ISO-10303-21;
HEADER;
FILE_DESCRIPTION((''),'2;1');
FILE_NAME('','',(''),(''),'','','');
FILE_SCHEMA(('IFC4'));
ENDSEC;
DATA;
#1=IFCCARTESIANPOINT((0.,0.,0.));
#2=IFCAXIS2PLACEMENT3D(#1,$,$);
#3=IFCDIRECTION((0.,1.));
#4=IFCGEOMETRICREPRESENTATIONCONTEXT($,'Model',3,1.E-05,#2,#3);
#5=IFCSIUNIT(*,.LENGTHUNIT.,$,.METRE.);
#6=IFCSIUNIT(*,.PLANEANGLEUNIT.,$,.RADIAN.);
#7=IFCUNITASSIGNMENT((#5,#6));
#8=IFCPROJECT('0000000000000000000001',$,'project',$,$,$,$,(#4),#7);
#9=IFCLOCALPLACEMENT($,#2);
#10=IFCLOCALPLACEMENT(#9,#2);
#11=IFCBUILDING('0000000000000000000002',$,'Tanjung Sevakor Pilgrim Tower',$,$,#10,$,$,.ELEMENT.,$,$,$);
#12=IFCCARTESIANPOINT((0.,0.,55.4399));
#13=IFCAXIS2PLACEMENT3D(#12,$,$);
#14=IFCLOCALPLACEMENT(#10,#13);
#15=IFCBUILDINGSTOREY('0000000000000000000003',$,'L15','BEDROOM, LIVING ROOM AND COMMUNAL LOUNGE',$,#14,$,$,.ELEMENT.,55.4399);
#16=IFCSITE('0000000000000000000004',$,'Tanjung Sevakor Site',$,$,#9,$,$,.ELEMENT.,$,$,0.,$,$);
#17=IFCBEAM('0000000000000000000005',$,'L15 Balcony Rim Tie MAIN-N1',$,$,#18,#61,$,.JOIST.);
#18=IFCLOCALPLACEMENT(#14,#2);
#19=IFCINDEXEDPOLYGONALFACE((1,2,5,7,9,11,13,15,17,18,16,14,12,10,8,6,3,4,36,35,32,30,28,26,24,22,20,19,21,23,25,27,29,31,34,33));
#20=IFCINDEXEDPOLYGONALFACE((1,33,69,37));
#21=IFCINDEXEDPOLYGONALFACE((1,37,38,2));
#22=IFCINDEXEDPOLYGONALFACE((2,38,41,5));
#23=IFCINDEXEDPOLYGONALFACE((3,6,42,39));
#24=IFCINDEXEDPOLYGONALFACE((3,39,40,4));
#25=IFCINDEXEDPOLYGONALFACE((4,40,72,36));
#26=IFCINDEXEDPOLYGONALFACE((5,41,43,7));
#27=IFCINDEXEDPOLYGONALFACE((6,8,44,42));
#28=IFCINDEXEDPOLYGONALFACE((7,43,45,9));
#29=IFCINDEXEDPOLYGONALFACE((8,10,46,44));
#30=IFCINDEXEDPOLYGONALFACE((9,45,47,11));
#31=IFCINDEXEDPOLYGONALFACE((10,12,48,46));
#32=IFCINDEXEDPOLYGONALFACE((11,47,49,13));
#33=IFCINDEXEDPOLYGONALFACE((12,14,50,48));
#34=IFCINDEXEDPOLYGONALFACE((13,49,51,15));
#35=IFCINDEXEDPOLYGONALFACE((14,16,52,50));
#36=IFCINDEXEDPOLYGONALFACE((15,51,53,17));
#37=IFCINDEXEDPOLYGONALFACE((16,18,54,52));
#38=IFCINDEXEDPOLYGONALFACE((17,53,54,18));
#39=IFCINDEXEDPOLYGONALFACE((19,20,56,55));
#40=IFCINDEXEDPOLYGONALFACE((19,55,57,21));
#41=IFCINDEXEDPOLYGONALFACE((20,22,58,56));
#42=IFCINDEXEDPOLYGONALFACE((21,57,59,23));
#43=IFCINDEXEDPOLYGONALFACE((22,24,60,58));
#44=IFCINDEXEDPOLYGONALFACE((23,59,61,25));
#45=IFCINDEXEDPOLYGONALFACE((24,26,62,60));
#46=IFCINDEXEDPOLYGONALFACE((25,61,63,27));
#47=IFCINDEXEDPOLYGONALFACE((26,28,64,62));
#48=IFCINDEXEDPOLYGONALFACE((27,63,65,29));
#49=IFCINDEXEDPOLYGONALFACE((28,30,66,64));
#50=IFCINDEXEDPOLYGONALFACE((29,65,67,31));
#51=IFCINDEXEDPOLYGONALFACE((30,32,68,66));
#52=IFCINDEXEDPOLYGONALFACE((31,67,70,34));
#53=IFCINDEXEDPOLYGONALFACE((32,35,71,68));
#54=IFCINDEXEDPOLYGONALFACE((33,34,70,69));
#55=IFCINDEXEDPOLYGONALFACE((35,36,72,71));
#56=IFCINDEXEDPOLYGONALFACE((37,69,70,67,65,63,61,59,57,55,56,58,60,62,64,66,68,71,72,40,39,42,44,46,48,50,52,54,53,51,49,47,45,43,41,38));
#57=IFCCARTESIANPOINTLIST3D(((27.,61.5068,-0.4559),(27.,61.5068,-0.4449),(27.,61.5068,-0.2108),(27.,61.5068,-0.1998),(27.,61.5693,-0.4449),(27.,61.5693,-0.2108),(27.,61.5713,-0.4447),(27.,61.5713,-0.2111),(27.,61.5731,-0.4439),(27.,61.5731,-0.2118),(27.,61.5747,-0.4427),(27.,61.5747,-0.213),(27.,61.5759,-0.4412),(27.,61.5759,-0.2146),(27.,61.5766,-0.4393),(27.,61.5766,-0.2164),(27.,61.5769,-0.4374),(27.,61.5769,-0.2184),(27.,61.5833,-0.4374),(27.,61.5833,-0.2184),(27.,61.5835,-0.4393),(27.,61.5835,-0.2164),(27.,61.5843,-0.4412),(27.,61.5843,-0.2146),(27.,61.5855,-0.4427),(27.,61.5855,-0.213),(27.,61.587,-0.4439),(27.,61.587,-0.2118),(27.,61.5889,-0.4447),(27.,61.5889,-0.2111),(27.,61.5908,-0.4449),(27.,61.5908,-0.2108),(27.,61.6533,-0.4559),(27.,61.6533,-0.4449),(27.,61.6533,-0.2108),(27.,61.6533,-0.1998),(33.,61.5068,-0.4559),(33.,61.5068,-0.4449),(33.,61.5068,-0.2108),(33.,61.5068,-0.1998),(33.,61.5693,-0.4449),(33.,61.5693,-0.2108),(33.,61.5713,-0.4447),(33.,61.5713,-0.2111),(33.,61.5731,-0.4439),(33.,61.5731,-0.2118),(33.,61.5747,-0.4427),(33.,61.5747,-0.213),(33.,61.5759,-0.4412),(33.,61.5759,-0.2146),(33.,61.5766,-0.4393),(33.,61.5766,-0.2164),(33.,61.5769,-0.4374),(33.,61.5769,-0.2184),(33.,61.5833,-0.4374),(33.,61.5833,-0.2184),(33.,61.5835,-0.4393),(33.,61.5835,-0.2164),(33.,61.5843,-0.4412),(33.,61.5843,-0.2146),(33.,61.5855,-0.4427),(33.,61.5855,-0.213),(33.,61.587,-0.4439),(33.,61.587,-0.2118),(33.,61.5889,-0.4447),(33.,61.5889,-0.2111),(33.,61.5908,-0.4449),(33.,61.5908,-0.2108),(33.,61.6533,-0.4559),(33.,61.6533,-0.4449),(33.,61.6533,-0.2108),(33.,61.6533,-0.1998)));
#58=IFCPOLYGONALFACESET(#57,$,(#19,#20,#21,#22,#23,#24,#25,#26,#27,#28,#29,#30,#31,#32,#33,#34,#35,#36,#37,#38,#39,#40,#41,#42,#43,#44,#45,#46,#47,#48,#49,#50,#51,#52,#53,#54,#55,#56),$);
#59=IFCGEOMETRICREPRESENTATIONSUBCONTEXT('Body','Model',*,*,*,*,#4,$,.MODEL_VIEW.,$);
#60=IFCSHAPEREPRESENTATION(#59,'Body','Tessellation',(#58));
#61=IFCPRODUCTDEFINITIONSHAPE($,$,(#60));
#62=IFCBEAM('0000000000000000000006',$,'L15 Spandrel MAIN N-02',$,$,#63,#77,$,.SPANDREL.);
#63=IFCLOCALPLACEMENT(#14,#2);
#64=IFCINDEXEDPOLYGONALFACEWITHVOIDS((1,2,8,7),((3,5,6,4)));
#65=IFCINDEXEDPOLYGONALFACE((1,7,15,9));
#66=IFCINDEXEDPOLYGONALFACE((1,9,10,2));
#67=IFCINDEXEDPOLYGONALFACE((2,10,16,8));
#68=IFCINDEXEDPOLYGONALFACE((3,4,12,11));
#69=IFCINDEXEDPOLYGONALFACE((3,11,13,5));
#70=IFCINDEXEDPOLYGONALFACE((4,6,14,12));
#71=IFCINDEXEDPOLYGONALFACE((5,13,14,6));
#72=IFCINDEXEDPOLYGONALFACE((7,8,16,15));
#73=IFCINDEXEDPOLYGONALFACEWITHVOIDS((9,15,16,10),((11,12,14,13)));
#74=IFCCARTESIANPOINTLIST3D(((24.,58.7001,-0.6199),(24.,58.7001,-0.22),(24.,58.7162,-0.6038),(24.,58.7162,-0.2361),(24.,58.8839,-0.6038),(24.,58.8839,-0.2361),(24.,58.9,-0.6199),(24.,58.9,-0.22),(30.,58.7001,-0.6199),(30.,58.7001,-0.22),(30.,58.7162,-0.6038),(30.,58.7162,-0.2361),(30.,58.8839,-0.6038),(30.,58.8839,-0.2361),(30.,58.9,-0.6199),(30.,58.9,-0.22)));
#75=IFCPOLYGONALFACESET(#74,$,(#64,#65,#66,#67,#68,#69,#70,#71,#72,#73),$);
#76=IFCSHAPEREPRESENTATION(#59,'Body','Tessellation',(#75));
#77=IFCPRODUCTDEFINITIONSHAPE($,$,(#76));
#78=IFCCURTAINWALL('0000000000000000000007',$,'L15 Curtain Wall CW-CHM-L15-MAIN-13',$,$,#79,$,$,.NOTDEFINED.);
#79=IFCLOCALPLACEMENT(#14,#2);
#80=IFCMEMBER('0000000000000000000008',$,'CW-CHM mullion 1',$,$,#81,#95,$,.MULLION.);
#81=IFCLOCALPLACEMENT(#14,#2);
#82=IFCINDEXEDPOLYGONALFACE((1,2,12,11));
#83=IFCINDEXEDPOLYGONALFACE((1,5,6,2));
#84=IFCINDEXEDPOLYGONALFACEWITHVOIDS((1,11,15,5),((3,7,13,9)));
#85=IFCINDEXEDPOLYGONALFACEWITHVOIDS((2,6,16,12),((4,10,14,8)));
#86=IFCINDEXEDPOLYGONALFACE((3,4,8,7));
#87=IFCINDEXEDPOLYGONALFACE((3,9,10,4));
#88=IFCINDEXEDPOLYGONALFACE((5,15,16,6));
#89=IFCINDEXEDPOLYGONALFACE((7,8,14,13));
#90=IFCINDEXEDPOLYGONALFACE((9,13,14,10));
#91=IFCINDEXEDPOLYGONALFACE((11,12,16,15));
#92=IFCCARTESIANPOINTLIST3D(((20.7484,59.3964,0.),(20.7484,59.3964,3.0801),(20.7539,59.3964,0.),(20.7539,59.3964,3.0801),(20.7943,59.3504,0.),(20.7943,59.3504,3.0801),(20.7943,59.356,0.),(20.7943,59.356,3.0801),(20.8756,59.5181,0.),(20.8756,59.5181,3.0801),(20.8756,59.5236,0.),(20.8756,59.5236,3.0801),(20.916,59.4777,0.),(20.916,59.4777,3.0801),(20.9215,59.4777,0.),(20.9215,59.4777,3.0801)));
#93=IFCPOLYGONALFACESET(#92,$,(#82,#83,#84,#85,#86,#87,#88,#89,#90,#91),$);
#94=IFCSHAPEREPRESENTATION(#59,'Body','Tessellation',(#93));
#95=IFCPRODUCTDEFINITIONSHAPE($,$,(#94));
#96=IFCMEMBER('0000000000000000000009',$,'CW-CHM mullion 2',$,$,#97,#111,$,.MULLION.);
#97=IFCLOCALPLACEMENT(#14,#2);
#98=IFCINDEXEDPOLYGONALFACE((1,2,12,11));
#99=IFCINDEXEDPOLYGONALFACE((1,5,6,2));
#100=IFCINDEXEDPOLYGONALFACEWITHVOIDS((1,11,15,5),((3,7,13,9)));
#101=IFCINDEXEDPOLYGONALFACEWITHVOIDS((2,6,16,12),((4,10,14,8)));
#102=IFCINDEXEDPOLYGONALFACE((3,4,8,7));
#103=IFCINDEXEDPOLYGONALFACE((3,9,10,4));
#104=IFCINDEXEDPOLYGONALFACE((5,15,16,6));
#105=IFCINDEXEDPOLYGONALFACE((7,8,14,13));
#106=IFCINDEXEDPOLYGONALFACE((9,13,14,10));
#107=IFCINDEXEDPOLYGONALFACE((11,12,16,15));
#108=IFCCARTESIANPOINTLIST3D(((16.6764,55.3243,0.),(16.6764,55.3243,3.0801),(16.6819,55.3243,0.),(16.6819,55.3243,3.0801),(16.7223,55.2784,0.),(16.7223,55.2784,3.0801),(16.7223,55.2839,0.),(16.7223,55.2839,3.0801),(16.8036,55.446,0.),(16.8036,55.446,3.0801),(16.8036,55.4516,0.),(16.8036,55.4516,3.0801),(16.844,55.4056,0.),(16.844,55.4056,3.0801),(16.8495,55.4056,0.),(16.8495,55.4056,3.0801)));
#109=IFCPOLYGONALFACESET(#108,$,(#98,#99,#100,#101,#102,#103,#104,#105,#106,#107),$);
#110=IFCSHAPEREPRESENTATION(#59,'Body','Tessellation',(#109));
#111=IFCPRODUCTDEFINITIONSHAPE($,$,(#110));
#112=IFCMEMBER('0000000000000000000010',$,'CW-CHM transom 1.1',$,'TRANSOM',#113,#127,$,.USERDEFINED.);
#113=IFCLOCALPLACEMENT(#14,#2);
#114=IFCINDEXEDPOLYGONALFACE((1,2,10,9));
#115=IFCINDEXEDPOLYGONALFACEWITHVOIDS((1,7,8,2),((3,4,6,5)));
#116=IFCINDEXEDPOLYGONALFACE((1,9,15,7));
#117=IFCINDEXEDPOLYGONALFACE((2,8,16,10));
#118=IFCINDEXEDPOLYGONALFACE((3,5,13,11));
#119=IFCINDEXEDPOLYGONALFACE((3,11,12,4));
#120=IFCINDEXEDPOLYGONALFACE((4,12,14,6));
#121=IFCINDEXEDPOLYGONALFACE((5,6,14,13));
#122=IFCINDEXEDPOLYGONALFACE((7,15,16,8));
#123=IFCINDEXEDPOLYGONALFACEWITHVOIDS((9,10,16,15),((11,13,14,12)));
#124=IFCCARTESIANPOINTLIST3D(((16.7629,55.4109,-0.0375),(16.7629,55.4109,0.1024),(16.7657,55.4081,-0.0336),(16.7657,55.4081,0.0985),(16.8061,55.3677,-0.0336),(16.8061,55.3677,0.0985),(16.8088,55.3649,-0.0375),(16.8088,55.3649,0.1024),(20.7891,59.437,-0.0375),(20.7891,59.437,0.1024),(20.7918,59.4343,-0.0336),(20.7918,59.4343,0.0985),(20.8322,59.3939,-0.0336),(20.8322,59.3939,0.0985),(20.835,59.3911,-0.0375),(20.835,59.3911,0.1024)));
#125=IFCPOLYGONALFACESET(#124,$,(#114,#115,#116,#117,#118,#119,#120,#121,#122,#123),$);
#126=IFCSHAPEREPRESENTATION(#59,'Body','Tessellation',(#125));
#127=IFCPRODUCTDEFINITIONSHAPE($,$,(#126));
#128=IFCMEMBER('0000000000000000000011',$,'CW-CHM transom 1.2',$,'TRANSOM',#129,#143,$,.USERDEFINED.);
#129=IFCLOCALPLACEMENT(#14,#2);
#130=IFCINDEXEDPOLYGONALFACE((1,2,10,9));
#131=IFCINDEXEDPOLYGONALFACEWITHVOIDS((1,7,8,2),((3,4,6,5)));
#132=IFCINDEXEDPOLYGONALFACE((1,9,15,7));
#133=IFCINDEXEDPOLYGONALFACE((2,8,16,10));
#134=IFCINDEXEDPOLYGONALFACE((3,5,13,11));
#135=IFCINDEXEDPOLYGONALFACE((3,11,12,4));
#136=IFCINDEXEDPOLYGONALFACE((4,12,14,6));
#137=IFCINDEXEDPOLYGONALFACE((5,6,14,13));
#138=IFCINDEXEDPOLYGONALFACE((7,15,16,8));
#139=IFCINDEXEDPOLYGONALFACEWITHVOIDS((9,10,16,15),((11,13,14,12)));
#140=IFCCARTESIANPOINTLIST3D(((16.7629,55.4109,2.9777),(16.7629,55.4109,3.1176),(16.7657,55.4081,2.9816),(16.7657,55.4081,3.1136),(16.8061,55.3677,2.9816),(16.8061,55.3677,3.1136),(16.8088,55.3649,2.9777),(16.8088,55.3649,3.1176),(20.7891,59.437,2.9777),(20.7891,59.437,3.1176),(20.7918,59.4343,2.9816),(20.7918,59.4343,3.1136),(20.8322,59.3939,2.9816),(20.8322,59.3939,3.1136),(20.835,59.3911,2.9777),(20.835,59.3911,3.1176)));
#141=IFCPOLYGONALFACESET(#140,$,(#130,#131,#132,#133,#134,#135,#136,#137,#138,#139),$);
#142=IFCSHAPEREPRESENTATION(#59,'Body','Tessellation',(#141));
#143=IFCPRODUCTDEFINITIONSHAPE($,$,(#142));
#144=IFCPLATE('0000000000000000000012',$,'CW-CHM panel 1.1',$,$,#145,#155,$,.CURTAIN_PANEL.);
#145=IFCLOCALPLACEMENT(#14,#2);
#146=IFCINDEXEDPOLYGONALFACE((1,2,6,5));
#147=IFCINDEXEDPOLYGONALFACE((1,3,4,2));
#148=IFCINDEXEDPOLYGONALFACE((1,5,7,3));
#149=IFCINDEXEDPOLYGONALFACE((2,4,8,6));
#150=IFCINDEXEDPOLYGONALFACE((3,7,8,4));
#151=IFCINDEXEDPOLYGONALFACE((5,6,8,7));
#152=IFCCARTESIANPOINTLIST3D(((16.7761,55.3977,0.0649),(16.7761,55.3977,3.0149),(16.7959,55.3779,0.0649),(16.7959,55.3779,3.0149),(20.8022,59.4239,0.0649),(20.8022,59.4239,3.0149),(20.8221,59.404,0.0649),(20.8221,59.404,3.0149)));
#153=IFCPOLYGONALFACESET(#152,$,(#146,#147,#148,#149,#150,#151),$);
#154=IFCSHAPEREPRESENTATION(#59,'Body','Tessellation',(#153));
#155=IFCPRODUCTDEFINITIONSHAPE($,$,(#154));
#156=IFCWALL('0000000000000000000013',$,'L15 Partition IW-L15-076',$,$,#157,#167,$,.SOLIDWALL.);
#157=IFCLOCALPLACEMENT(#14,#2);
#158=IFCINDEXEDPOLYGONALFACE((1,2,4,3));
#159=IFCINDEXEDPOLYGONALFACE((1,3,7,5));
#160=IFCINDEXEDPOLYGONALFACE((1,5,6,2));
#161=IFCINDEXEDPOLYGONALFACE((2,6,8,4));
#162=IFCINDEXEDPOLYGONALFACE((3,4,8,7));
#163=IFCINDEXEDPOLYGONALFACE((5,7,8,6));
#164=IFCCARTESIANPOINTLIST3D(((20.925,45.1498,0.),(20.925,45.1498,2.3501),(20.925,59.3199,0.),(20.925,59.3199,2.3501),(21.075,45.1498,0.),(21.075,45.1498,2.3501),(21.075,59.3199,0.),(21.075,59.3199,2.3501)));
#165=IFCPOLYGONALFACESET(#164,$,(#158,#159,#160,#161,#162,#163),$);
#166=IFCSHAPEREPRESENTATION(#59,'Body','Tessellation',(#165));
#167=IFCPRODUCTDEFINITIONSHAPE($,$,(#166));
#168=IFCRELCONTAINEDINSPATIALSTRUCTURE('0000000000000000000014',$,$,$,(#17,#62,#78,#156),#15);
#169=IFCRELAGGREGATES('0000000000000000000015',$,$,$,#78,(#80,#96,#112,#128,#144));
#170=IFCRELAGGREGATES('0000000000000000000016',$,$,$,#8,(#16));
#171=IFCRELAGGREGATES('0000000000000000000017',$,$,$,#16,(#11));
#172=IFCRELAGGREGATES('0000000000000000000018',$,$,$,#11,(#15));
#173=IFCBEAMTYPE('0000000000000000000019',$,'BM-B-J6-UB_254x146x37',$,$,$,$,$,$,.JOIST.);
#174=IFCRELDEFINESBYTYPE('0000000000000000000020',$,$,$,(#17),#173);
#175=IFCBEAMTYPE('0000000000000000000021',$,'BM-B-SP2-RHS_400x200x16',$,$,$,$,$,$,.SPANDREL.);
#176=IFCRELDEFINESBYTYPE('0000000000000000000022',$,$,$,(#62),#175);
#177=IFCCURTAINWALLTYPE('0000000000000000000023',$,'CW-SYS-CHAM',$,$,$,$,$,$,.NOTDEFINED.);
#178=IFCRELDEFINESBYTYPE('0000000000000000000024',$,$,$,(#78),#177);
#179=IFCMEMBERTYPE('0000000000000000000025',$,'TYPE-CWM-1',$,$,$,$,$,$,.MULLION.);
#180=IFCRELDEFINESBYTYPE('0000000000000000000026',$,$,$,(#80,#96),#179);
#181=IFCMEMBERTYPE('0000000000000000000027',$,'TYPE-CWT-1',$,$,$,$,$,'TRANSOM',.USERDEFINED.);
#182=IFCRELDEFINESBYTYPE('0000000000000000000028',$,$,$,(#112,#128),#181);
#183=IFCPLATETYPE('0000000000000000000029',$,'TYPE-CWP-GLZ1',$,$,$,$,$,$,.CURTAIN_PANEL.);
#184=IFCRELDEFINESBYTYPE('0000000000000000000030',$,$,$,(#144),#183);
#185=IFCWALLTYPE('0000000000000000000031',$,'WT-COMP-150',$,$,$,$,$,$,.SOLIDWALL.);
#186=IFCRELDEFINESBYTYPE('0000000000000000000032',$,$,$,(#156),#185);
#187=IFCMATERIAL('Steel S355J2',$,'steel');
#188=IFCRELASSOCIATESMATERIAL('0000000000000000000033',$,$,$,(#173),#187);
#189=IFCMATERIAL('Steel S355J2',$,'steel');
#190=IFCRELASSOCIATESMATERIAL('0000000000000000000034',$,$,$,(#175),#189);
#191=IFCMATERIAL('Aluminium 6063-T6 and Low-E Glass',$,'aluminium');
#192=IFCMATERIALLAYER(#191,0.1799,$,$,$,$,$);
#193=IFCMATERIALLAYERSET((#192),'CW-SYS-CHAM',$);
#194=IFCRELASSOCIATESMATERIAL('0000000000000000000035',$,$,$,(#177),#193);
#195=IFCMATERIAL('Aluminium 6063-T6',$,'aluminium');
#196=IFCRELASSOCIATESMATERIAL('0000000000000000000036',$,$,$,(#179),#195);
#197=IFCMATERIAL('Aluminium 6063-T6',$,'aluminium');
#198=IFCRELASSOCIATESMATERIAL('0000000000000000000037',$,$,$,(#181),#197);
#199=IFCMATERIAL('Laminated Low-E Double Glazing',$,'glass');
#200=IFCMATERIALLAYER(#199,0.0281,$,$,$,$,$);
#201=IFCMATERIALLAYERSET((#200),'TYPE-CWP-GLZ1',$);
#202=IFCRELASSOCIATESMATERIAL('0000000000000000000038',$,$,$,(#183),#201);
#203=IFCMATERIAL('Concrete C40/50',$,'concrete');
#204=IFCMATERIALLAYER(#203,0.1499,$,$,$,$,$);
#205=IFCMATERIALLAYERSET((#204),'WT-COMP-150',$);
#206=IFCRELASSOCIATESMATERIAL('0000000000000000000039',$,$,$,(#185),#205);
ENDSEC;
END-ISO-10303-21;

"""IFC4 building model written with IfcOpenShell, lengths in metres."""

from ifc_helpers import new_model, si_unit, direction, frame, frame_2d, origin, origin_2d, place, context, subcontext, project, spatial, rectangle, hollow_rectangle, i_section, extrude, material, layer, layer_set, material_profile, profile_set, type_object, element, aggregate, save


model = new_model("IFC4")

# Units and contexts
model_context = context("Model", 3, precision=1e-05, world=origin(), true_north=direction((0.0, 1.0)))
body_context = subcontext(model_context, "Body", "Model", "MODEL_VIEW")
ifc_project = project(units=[si_unit("LENGTHUNIT", "METRE"), si_unit("PLANEANGLEUNIT", "RADIAN")], contexts=[model_context])

# Site, building, storey
site_placement = place(None, origin())
site = spatial("IfcSite", under=ifc_project, at=site_placement, Name="Tanjung Sevakor Site", CompositionType="ELEMENT", RefElevation=0.0)
building_placement = place(site_placement, origin())
building = spatial("IfcBuilding", under=site, at=building_placement, Name="Tanjung Sevakor Pilgrim Tower", CompositionType="ELEMENT")
storey_placement = place(building_placement, frame((0.0, 0.0, 55.4399)))
storey = spatial("IfcBuildingStorey", under=building, at=storey_placement, Name="L15", Description="BEDROOM, LIVING ROOM AND COMMUNAL LOUNGE", CompositionType="ELEMENT", Elevation=55.4399)

# Beams
ifc_material_1 = material(Name="Steel S355J2", Category="steel")
ifc_material_profile_1 = material_profile(ifc_material_1, i_section(OverallWidth=0.1465, OverallDepth=0.2561, WebThickness=0.0063, FlangeThickness=0.011, FilletRadius=0.0076, at=origin_2d()))
ifc_profile_set_1 = profile_set([ifc_material_profile_1], Name="Steel S355J2")
beam_type_1 = type_object("IfcBeamType", Name="BM-B-J6-UB_254x146x37", PredefinedType="JOIST", material=ifc_profile_set_1)
beam_1_placement = place(storey_placement, frame((27.0, 61.5801, -0.3279), z_axis=(1.0, 0.0, 0.0), x_axis=(0.0, 1.0, 0.0)))
element("IfcBeam", 1, at=beam_1_placement, inside=storey, type_object=beam_type_1, Name="L15 Balcony Rim Tie MAIN-N1", PredefinedType="JOIST", context=body_context, shape_type="SweptSolid", body=[
    extrude(i_section(OverallWidth=0.1465, OverallDepth=0.2561, WebThickness=0.0063, FlangeThickness=0.011, FilletRadius=0.0076, at=origin_2d()), origin(), (0.0, 0.0, 1.0), 6.0),
])
ifc_material_2 = material(Name="Steel S355J2", Category="steel")
ifc_material_profile_2 = material_profile(ifc_material_2, hollow_rectangle(XDim=0.2, YDim=0.3999, WallThickness=0.0161, at=origin_2d()))
ifc_profile_set_2 = profile_set([ifc_material_profile_2], Name="Steel S355J2")
beam_type_2 = type_object("IfcBeamType", Name="BM-B-SP2-RHS_400x200x16", PredefinedType="SPANDREL", material=ifc_profile_set_2)
beam_2_placement = place(storey_placement, frame((24.0, 58.8, -0.4199), z_axis=(1.0, 0.0, 0.0), x_axis=(0.0, 1.0, 0.0)))
element("IfcBeam", 2, at=beam_2_placement, inside=storey, type_object=beam_type_2, Name="L15 Spandrel MAIN N-02", PredefinedType="SPANDREL", context=body_context, shape_type="SweptSolid", body=[
    extrude(hollow_rectangle(XDim=0.2, YDim=0.3999, WallThickness=0.0161, at=origin_2d()), origin(), (0.0, 0.0, 1.0), 6.0),
])

# Curtain wall, members, plate
ifc_material_3 = material(Name="Aluminium 6063-T6 and Low-E Glass", Category="aluminium")
ifc_layer_1 = layer(ifc_material_3, 0.1799)
ifc_layer_set_1 = layer_set([ifc_layer_1], Name="CW-SYS-CHAM")
curtain_wall_type = type_object("IfcCurtainWallType", Name="CW-SYS-CHAM", PredefinedType="NOTDEFINED", material=ifc_layer_set_1)
curtain_wall_placement = place(storey_placement, origin())
curtain_wall = element("IfcCurtainWall", 3, at=curtain_wall_placement, inside=storey, type_object=curtain_wall_type, Name="L15 Curtain Wall CW-CHM-L15-MAIN-13", PredefinedType="NOTDEFINED")
ifc_material_4 = material(Name="Aluminium 6063-T6", Category="aluminium")
ifc_material_profile_3 = material_profile(ifc_material_4, hollow_rectangle(XDim=0.0649, YDim=0.1799, WallThickness=0.0039, at=origin_2d()))
ifc_profile_set_3 = profile_set([ifc_material_profile_3], Name="Aluminium 6063-T6")
member_type_1 = type_object("IfcMemberType", Name="TYPE-CWM-1", PredefinedType="MULLION", material=ifc_profile_set_3)
member_1_placement = place(storey_placement, frame((20.835, 59.437, 0.0), z_axis=(0.0, 0.0, 1.0), x_axis=(0.707107, -0.707107, 0.0)))
member_1 = element("IfcMember", 4, at=member_1_placement, type_object=member_type_1, Name="CW-CHM mullion 1", PredefinedType="MULLION", context=body_context, shape_type="SweptSolid", body=[
    extrude(hollow_rectangle(XDim=0.0649, YDim=0.1799, WallThickness=0.0039, at=origin_2d()), origin(), (0.0, 0.0, 1.0), 3.0801),
])
member_2_placement = place(storey_placement, frame((16.7629, 55.365, 0.0), z_axis=(0.0, 0.0, 1.0), x_axis=(0.707107, -0.707107, 0.0)))
member_2 = element("IfcMember", 5, at=member_2_placement, type_object=member_type_1, Name="CW-CHM mullion 2", PredefinedType="MULLION", context=body_context, shape_type="SweptSolid", body=[
    extrude(hollow_rectangle(XDim=0.0649, YDim=0.1799, WallThickness=0.0039, at=origin_2d()), origin(), (0.0, 0.0, 1.0), 3.0801),
])
ifc_material_5 = material(Name="Aluminium 6063-T6", Category="aluminium")
ifc_material_profile_4 = material_profile(ifc_material_5, hollow_rectangle(XDim=0.0649, YDim=0.1399, WallThickness=0.0039, at=origin_2d()))
ifc_profile_set_4 = profile_set([ifc_material_profile_4], Name="Aluminium 6063-T6")
member_type_2 = type_object("IfcMemberType", Name="TYPE-CWT-1", ElementType="TRANSOM", PredefinedType="USERDEFINED", material=ifc_profile_set_4)
member_3_placement = place(storey_placement, frame((20.812, 59.4141, 0.0325), z_axis=(-0.707107, -0.707107, 0.0), x_axis=(0.707107, -0.707107, 0.0)))
member_3 = element("IfcMember", 6, at=member_3_placement, type_object=member_type_2, Name="CW-CHM transom 1.1", ObjectType="TRANSOM", PredefinedType="USERDEFINED", context=body_context, shape_type="SweptSolid", body=[
    extrude(hollow_rectangle(XDim=0.0649, YDim=0.1399, WallThickness=0.0039, at=origin_2d()), origin(), (0.0, 0.0, 1.0), 5.6938),
])
member_4_placement = place(storey_placement, frame((20.812, 59.4141, 3.0476), z_axis=(-0.707107, -0.707107, 0.0), x_axis=(0.707107, -0.707107, 0.0)))
member_4 = element("IfcMember", 7, at=member_4_placement, type_object=member_type_2, Name="CW-CHM transom 1.2", ObjectType="TRANSOM", PredefinedType="USERDEFINED", context=body_context, shape_type="SweptSolid", body=[
    extrude(hollow_rectangle(XDim=0.0649, YDim=0.1399, WallThickness=0.0039, at=origin_2d()), origin(), (0.0, 0.0, 1.0), 5.6938),
])
ifc_material_6 = material(Name="Laminated Low-E Double Glazing", Category="glass")
ifc_layer_2 = layer(ifc_material_6, 0.0281)
ifc_layer_set_2 = layer_set([ifc_layer_2], Name="TYPE-CWP-GLZ1")
plate_type = type_object("IfcPlateType", Name="TYPE-CWP-GLZ1", PredefinedType="CURTAIN_PANEL", material=ifc_layer_set_2)
plate_placement = place(storey_placement, frame((18.7991, 57.4009, 0.0649), z_axis=(0.0, 0.0, 1.0), x_axis=(-0.707107, -0.707107, 0.0)))
plate = element("IfcPlate", 8, at=plate_placement, type_object=plate_type, Name="CW-CHM panel 1.1", PredefinedType="CURTAIN_PANEL", context=body_context, shape_type="SweptSolid", body=[
    extrude(rectangle(XDim=5.6938, YDim=0.0281, at=origin_2d()), origin(), (0.0, 0.0, 1.0), 2.95),
])
aggregate(curtain_wall, [member_1, member_2, member_3, member_4, plate])

# Wall
ifc_material_7 = material(Name="Concrete C40/50", Category="concrete")
ifc_layer_3 = layer(ifc_material_7, 0.1499)
ifc_layer_set_3 = layer_set([ifc_layer_3], Name="WT-COMP-150")
wall_type_1 = type_object("IfcWallType", Name="WT-COMP-150", PredefinedType="SOLIDWALL", material=ifc_layer_set_3)
wall_1_placement = place(storey_placement, frame((21.0, 45.1499, 0.0), z_axis=(0.0, 0.0, 1.0), x_axis=(0.0, 1.0, 0.0)))
element("IfcWall", 9, at=wall_1_placement, inside=storey, type_object=wall_type_1, Name="L15 Partition IW-L15-076", PredefinedType="SOLIDWALL", context=body_context, shape_type="SweptSolid", body=[
    extrude(rectangle(XDim=14.1702, YDim=0.1499, at=frame_2d((7.085, 0.0))), origin(), (0.0, 0.0, 1.0), 2.3501),
])

save(model, "model.ifc")
